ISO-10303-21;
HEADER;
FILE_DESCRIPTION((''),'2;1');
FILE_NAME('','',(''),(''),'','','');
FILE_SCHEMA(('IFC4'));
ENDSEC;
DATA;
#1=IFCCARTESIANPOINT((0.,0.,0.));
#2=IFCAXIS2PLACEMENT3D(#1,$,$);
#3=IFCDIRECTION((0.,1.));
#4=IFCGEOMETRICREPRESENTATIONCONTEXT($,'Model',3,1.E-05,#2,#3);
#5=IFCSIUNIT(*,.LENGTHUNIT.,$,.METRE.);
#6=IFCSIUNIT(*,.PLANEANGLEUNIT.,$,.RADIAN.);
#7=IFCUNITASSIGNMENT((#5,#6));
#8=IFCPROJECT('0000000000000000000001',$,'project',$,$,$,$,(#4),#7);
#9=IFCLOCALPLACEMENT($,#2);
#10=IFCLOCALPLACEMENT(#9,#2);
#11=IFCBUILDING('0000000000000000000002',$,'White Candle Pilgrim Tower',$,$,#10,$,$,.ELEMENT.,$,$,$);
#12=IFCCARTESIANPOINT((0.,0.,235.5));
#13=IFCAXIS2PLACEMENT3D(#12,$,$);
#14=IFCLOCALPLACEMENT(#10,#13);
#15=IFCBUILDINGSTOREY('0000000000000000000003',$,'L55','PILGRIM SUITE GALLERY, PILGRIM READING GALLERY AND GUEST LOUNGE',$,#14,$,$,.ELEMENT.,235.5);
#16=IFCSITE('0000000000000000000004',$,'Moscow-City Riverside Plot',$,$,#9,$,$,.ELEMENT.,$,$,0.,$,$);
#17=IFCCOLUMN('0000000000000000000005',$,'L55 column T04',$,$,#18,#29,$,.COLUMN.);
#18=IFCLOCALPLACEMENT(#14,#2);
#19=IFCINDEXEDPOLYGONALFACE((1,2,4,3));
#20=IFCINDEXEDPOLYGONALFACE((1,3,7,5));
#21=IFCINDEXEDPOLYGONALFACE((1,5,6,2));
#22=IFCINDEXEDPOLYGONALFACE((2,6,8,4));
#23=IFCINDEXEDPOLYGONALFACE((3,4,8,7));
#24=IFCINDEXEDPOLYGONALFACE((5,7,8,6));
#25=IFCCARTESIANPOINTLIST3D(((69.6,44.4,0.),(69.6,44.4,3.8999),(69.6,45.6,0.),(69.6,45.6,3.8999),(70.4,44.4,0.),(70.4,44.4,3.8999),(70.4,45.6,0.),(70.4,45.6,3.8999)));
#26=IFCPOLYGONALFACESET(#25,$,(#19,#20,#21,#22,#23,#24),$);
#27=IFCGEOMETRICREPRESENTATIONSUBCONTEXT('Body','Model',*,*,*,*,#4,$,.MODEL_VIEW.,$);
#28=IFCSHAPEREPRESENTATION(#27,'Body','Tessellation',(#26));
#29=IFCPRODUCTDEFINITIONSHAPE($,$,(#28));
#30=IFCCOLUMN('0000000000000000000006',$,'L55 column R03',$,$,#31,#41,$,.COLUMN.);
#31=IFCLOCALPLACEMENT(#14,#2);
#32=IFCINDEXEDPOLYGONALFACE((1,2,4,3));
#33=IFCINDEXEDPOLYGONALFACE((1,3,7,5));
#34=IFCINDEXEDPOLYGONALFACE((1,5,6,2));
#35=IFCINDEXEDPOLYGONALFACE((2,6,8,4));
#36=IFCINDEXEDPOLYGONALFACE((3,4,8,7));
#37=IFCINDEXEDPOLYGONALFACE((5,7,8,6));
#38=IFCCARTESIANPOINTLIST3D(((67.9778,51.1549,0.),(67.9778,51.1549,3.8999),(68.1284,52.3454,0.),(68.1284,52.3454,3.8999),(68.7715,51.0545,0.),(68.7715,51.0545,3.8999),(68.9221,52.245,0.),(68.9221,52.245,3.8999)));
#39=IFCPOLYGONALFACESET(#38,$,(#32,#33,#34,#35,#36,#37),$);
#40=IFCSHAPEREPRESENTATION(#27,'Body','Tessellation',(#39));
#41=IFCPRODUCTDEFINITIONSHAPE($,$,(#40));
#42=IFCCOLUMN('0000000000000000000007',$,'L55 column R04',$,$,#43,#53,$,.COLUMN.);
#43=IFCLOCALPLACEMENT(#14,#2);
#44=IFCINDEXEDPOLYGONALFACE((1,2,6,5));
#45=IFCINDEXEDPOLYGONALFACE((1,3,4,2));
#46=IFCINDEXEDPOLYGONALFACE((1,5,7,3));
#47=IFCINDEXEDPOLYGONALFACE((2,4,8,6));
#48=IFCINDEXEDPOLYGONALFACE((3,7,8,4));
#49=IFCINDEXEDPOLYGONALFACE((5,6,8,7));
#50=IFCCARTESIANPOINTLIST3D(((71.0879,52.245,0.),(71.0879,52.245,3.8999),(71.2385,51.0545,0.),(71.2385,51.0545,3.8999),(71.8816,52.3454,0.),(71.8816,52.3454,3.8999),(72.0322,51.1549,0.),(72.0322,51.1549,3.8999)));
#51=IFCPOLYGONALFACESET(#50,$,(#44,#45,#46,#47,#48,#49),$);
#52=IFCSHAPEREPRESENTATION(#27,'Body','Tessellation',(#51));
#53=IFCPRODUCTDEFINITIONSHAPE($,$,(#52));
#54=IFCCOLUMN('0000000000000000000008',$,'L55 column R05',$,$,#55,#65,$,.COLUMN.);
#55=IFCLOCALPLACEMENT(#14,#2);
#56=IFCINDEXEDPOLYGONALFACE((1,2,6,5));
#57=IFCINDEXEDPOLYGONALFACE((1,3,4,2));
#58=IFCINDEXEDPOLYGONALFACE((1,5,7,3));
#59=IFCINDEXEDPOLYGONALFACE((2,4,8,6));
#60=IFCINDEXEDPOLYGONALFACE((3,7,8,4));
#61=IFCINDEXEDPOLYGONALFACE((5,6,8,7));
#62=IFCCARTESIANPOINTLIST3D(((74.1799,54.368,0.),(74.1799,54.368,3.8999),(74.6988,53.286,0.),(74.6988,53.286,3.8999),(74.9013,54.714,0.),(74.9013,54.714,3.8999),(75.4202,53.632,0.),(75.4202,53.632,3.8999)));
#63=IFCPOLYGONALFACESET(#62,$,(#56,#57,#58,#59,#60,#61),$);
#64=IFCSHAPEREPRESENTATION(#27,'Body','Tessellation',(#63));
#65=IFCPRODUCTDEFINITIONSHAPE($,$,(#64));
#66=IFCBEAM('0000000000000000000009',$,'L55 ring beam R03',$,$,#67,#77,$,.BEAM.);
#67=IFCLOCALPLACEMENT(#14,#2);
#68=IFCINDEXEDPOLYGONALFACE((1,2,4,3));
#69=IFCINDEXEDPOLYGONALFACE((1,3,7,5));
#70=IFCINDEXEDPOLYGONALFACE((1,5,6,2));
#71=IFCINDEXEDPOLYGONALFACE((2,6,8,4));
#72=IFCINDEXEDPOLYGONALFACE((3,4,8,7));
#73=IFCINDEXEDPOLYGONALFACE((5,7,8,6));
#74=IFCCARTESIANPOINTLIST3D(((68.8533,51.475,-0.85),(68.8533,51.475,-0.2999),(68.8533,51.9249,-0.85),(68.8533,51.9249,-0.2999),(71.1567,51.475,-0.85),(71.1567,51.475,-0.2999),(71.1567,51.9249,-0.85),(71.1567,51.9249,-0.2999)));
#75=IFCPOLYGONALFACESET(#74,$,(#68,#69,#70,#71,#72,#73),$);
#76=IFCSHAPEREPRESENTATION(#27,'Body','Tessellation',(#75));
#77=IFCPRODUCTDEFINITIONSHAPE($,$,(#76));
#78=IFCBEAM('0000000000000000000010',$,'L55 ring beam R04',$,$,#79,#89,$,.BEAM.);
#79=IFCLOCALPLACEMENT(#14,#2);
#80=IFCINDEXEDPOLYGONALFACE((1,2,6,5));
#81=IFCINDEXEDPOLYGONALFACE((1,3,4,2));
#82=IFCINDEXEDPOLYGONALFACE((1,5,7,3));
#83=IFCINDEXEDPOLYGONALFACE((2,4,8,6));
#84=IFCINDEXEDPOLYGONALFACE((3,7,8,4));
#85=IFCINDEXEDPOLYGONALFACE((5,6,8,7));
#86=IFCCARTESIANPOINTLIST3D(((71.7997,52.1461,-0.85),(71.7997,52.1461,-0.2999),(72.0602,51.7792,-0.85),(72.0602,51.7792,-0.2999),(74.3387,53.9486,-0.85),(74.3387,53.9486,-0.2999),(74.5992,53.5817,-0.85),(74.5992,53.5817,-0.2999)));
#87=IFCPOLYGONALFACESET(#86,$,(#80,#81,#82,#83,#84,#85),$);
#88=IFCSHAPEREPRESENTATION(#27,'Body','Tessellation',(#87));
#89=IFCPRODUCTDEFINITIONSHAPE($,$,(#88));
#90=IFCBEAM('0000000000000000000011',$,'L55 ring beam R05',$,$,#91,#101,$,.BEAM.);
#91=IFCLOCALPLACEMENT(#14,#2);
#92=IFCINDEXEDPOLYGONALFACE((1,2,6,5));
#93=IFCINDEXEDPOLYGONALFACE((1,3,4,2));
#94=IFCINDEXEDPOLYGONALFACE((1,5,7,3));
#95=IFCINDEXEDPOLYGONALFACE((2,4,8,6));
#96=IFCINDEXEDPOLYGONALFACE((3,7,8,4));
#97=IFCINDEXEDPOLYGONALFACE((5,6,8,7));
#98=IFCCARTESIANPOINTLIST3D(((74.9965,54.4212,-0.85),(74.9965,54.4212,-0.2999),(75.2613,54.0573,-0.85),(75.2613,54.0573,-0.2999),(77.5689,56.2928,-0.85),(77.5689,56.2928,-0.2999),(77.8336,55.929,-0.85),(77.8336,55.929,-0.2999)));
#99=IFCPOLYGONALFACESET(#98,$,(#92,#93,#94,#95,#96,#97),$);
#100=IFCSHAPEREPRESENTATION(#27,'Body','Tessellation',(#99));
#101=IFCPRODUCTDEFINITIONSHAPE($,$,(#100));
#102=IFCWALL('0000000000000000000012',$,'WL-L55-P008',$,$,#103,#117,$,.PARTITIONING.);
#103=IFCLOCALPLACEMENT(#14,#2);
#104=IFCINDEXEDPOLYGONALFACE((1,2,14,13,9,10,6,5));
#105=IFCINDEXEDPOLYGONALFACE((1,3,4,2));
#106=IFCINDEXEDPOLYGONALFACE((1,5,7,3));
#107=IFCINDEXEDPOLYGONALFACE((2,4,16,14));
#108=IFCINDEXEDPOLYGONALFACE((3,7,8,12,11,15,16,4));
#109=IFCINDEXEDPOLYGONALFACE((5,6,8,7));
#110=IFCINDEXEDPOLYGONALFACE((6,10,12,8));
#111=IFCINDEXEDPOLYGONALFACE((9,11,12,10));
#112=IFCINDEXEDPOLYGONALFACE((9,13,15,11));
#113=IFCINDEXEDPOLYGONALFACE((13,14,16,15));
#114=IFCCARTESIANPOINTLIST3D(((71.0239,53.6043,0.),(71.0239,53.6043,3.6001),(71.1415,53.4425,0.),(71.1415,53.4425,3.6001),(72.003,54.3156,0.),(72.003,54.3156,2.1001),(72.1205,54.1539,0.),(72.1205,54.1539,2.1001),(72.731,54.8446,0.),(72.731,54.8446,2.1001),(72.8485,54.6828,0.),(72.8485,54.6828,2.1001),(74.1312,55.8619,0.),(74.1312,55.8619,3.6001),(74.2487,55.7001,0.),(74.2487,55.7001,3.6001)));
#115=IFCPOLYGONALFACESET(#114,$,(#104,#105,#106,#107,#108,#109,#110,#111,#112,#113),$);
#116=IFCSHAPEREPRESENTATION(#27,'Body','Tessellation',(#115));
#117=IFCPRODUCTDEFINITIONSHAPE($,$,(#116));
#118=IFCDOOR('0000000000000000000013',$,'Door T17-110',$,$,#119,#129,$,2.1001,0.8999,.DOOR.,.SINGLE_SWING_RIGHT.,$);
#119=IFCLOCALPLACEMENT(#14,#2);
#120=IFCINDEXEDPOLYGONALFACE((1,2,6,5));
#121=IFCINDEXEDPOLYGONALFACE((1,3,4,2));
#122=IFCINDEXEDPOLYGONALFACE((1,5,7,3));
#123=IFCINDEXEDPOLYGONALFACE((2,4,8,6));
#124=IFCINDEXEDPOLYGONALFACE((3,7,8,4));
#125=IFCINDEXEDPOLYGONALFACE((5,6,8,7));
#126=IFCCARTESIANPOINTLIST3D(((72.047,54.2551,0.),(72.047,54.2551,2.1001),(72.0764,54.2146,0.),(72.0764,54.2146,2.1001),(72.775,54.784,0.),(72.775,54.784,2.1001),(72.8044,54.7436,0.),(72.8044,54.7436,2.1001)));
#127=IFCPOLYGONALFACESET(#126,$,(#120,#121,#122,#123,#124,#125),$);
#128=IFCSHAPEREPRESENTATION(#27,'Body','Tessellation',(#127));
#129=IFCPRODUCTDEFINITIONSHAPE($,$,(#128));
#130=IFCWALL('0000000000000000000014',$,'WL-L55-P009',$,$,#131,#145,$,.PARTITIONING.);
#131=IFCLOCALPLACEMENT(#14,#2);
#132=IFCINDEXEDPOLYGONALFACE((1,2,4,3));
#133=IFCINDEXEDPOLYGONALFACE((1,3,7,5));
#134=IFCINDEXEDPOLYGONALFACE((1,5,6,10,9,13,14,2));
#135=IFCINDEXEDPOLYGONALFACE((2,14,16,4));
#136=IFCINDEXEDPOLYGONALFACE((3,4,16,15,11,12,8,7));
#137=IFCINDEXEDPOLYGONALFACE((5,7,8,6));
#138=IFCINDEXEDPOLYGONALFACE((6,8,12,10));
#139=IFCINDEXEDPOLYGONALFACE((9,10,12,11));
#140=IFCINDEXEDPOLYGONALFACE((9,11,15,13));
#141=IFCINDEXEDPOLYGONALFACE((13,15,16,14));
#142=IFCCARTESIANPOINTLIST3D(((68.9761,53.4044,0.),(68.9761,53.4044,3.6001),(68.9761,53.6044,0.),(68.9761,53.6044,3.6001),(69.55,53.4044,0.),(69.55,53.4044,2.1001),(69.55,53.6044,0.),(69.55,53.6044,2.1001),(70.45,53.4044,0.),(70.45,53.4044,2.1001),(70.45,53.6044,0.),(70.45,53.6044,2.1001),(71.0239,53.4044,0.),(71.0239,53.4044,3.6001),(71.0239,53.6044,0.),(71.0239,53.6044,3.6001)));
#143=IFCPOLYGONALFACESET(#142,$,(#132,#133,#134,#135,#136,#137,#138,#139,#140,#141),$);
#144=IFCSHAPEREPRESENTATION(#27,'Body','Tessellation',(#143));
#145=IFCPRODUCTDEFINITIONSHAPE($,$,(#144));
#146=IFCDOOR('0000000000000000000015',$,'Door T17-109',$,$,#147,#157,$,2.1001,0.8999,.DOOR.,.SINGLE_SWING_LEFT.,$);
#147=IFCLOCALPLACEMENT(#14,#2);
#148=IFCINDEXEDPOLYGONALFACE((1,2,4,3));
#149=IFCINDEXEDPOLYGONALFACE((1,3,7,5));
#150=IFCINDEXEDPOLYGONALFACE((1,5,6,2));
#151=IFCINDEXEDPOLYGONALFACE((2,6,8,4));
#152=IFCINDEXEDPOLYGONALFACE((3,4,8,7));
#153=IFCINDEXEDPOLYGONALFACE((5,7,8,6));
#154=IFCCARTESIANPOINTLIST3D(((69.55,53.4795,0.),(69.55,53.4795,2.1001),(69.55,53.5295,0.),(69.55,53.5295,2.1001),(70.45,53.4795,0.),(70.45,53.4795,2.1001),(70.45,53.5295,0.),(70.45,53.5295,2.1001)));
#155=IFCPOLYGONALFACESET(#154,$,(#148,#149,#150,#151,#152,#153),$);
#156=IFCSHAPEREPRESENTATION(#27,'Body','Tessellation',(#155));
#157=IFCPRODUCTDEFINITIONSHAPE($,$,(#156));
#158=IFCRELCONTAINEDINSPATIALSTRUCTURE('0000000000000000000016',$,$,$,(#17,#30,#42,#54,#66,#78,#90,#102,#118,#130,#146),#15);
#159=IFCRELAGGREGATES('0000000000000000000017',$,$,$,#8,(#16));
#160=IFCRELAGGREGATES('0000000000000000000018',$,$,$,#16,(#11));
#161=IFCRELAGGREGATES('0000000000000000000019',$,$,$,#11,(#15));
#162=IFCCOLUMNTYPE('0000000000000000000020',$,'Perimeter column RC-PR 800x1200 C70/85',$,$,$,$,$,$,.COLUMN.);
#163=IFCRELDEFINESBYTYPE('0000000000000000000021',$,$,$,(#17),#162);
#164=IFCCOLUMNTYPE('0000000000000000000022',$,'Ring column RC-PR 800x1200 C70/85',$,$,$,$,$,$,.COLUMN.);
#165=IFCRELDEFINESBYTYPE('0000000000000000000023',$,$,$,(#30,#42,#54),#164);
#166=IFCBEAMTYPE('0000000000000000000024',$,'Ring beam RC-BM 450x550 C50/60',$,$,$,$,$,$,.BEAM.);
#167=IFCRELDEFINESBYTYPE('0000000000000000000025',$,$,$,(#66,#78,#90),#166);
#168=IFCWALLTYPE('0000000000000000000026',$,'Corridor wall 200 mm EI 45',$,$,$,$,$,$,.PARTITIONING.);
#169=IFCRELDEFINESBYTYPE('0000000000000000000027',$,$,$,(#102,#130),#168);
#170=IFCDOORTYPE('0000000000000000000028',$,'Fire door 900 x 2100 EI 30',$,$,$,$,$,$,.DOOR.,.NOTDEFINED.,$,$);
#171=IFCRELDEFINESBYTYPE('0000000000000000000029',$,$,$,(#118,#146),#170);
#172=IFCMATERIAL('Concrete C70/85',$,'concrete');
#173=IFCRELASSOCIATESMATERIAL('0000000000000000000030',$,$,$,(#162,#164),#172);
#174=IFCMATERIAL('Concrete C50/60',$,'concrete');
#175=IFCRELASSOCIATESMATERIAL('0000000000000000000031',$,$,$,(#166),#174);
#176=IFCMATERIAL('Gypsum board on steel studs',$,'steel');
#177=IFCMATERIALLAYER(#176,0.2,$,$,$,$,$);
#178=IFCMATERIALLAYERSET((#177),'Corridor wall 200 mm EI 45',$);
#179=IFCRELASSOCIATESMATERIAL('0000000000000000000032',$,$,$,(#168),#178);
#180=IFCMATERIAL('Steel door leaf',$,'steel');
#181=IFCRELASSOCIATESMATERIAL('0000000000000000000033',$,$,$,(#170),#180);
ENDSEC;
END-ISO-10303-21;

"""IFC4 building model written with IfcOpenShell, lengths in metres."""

from ifc_helpers import new_model, si_unit, direction, frame, frame_2d, origin, origin_2d, place, context, subcontext, project, spatial, rectangle, extrude, material, layer, layer_set, material_profile, profile_set, type_object, element, fill, save


model = new_model("IFC4")

# Units and contexts
model_context = context("Model", 3, precision=1e-05, world=origin(), true_north=direction((0.0, 1.0)))
body_context = subcontext(model_context, "Body", "Model", "MODEL_VIEW")
ifc_project = project(units=[si_unit("LENGTHUNIT", "METRE"), si_unit("PLANEANGLEUNIT", "RADIAN")], contexts=[model_context])

# Site, building, storey
site_placement = place(None, origin())
site = spatial("IfcSite", under=ifc_project, at=site_placement, Name="Moscow-City Riverside Plot", CompositionType="ELEMENT", RefElevation=0.0)
building_placement = place(site_placement, origin())
building = spatial("IfcBuilding", under=site, at=building_placement, Name="White Candle Pilgrim Tower", CompositionType="ELEMENT")
storey_placement = place(building_placement, frame((0.0, 0.0, 235.5)))
storey = spatial("IfcBuildingStorey", under=building, at=storey_placement, Name="L55", Description="PILGRIM SUITE GALLERY, PILGRIM READING GALLERY AND GUEST LOUNGE", CompositionType="ELEMENT", Elevation=235.5)

# Columns
ifc_material_1 = material(Name="Concrete C70/85", Category="concrete")
ifc_material_profile_1 = material_profile(ifc_material_1, rectangle(XDim=0.8, YDim=1.2, at=origin_2d()), Name="RC-PR 800x1200")
ifc_profile_set_1 = profile_set([ifc_material_profile_1], Name="Concrete C70/85")
column_type_1 = type_object("IfcColumnType", Name="Perimeter column RC-PR 800x1200 C70/85", PredefinedType="COLUMN", material=ifc_profile_set_1)
column_placement = place(storey_placement, frame((70.0, 45.0, 0.0), z_axis=(0.0, 0.0, 1.0), x_axis=(-1.0, 0.0, 0.0)))
element("IfcColumn", 1, at=column_placement, inside=storey, type_object=column_type_1, Name="L55 column T04", PredefinedType="COLUMN", context=body_context, shape_type="SweptSolid", body=[
    extrude(rectangle(XDim=0.8, YDim=1.2, at=origin_2d()), origin(), (0.0, 0.0, 1.0), 3.8999),
])
ifc_material_profile_2 = material_profile(ifc_material_1, rectangle(XDim=0.8, YDim=1.2, at=origin_2d()), Name="RC-PR 800x1200")
ifc_profile_set_2 = profile_set([ifc_material_profile_2], Name="Concrete C70/85")
column_type_2 = type_object("IfcColumnType", Name="Ring column RC-PR 800x1200 C70/85", PredefinedType="COLUMN", material=ifc_profile_set_2)
for number, where, z_axis, x_axis, name in (
    (2, (68.45, 51.7, 0.0), (0.0, 0.0, 1.0), (-0.992093, 0.125506, 0.0), "L55 column R03"),
    (3, (71.5601, 51.7, 0.0), (0.0, 0.0, 1.0), (-0.992093, -0.125506, 0.0), "L55 column R04"),
    (4, (74.8, 54.0, 0.0), (0.0, 0.0, 1.0), (-0.901689, -0.432385, 0.0), "L55 column R05"),
):
    element("IfcColumn", number, at=place(storey_placement, frame(where, z_axis=z_axis, x_axis=x_axis)), inside=storey, type_object=column_type_2, Name=name, PredefinedType="COLUMN", context=body_context, shape_type="SweptSolid", body=[
        extrude(rectangle(XDim=0.8, YDim=1.2, at=origin_2d()), origin(), (0.0, 0.0, 1.0), 3.8999),
    ])

# Beams
ifc_material_2 = material(Name="Concrete C50/60", Category="concrete")
ifc_material_profile_3 = material_profile(ifc_material_2, rectangle(XDim=0.45, YDim=0.55, at=origin_2d()), Name="RC-BM 450x550")
ifc_profile_set_3 = profile_set([ifc_material_profile_3], Name="Concrete C50/60")
beam_type = type_object("IfcBeamType", Name="Ring beam RC-BM 450x550 C50/60", PredefinedType="BEAM", material=ifc_profile_set_3)
beam_1_placement = place(storey_placement, frame((68.8533, 51.7, -0.575), z_axis=(1.0, 0.0, 0.0), x_axis=(0.0, 1.0, 0.0)))
element("IfcBeam", 5, at=beam_1_placement, inside=storey, type_object=beam_type, Name="L55 ring beam R03", PredefinedType="BEAM", context=body_context, shape_type="SweptSolid", body=[
    extrude(rectangle(XDim=0.45, YDim=0.55, at=origin_2d()), origin(), (0.0, 0.0, 1.0), 2.3035),
])
beam_2_placement = place(storey_placement, frame((71.9299, 51.9626, -0.575), z_axis=(0.81542, 0.57887, 0.0), x_axis=(-0.57887, 0.81542, 0.0)))
element("IfcBeam", 6, at=beam_2_placement, inside=storey, type_object=beam_type, Name="L55 ring beam R04", PredefinedType="BEAM", context=body_context, shape_type="SweptSolid", body=[
    extrude(rectangle(XDim=0.45, YDim=0.55, at=origin_2d()), origin(), (0.0, 0.0, 1.0), 3.1138),
])
beam_3_placement = place(storey_placement, frame((75.1289, 54.2393, -0.575), z_axis=(0.80861, 0.588345, 0.0), x_axis=(-0.588345, 0.80861, 0.0)))
element("IfcBeam", 7, at=beam_3_placement, inside=storey, type_object=beam_type, Name="L55 ring beam R05", PredefinedType="BEAM", context=body_context, shape_type="SweptSolid", body=[
    extrude(rectangle(XDim=0.45, YDim=0.55, at=origin_2d()), origin(), (0.0, 0.0, 1.0), 3.1812),
])

# Walls, openings, doors
ifc_material_3 = material(Name="Gypsum board on steel studs", Category="steel")
ifc_layer_1 = layer(ifc_material_3, 0.2)
ifc_layer_set_1 = layer_set([ifc_layer_1], Name="Corridor wall 200 mm EI 45")
wall_type_1 = type_object("IfcWallType", Name="Corridor wall 200 mm EI 45", PredefinedType="PARTITIONING", material=ifc_layer_set_1)
wall_1_placement = place(storey_placement, frame((74.1899, 55.781, 0.0), z_axis=(0.0, 0.0, 1.0), x_axis=(-0.809008, -0.587797, 0.0)))
wall_1 = element("IfcWall", 8, at=wall_1_placement, inside=storey, type_object=wall_type_1, Name="WL-L55-P008", PredefinedType="PARTITIONING", context=body_context, shape_type="SweptSolid", body=[
    extrude(rectangle(XDim=3.8408, YDim=0.2, at=frame_2d((1.9204, 0.0))), origin(), (0.0, 0.0, 1.0), 3.6001),
])
opening_1_placement = place(wall_1_placement, frame((1.7307, 0.0, 0.0)))
opening_1 = element("IfcOpeningElement", 9, at=opening_1_placement, cuts=wall_1, PredefinedType="OPENING", context=body_context, shape_type="SweptSolid", body=[
    extrude(rectangle(XDim=0.8999, YDim=2.1001, at=frame_2d((0.45, 1.05))), frame((0.0, 0.1099, 0.0), z_axis=(0.0, -1.0, 0.0), x_axis=(1.0, 0.0, 0.0)), (0.0, 0.0, 1.0), 0.22),
])
ifc_material_4 = material(Name="Steel door leaf", Category="steel")
door_type_1 = type_object("IfcDoorType", Name="Fire door 900 x 2100 EI 30", OperationType="NOTDEFINED", PredefinedType="DOOR", material=ifc_material_4)
door_1_placement = place(opening_1_placement, origin())
door_1 = element("IfcDoor", 10, at=door_1_placement, inside=storey, type_object=door_type_1, Name="Door T17-110", OperationType="SINGLE_SWING_RIGHT", OverallHeight=2.1001, OverallWidth=0.8999, PredefinedType="DOOR", context=body_context, shape_type="SweptSolid", body=[
    extrude(rectangle(XDim=0.8999, YDim=2.1001, at=frame_2d((0.45, 1.05))), frame((0.0, 0.0249, 0.0), z_axis=(0.0, -1.0, 0.0), x_axis=(1.0, 0.0, 0.0)), (0.0, 0.0, 1.0), 0.05),
])
fill(opening_1, door_1)
wall_2_placement = place(storey_placement, frame((71.0239, 53.5044, 0.0), z_axis=(0.0, 0.0, 1.0), x_axis=(-1.0, 0.0, 0.0)))
wall_2 = element("IfcWall", 11, at=wall_2_placement, inside=storey, type_object=wall_type_1, Name="WL-L55-P009", PredefinedType="PARTITIONING", context=body_context, shape_type="SweptSolid", body=[
    extrude(rectangle(XDim=2.0479, YDim=0.2, at=frame_2d((1.0239, 0.0))), origin(), (0.0, 0.0, 1.0), 3.6001),
])
opening_2_placement = place(wall_2_placement, frame((0.574, 0.0, 0.0)))
opening_2 = element("IfcOpeningElement", 12, at=opening_2_placement, cuts=wall_2, PredefinedType="OPENING", context=body_context, shape_type="SweptSolid", body=[
    extrude(rectangle(XDim=0.8999, YDim=2.1001, at=frame_2d((0.45, 1.05))), frame((0.0, 0.1099, 0.0), z_axis=(0.0, -1.0, 0.0), x_axis=(1.0, 0.0, 0.0)), (0.0, 0.0, 1.0), 0.22),
])
door_2_placement = place(opening_2_placement, origin())
door_2 = element("IfcDoor", 13, at=door_2_placement, inside=storey, type_object=door_type_1, Name="Door T17-109", OperationType="SINGLE_SWING_LEFT", OverallHeight=2.1001, OverallWidth=0.8999, PredefinedType="DOOR", context=body_context, shape_type="SweptSolid", body=[
    extrude(rectangle(XDim=0.8999, YDim=2.1001, at=frame_2d((0.45, 1.05))), frame((0.0, 0.0249, 0.0), z_axis=(0.0, -1.0, 0.0), x_axis=(1.0, 0.0, 0.0)), (0.0, 0.0, 1.0), 0.05),
])
fill(opening_2, door_2)

save(model, "model.ifc")
